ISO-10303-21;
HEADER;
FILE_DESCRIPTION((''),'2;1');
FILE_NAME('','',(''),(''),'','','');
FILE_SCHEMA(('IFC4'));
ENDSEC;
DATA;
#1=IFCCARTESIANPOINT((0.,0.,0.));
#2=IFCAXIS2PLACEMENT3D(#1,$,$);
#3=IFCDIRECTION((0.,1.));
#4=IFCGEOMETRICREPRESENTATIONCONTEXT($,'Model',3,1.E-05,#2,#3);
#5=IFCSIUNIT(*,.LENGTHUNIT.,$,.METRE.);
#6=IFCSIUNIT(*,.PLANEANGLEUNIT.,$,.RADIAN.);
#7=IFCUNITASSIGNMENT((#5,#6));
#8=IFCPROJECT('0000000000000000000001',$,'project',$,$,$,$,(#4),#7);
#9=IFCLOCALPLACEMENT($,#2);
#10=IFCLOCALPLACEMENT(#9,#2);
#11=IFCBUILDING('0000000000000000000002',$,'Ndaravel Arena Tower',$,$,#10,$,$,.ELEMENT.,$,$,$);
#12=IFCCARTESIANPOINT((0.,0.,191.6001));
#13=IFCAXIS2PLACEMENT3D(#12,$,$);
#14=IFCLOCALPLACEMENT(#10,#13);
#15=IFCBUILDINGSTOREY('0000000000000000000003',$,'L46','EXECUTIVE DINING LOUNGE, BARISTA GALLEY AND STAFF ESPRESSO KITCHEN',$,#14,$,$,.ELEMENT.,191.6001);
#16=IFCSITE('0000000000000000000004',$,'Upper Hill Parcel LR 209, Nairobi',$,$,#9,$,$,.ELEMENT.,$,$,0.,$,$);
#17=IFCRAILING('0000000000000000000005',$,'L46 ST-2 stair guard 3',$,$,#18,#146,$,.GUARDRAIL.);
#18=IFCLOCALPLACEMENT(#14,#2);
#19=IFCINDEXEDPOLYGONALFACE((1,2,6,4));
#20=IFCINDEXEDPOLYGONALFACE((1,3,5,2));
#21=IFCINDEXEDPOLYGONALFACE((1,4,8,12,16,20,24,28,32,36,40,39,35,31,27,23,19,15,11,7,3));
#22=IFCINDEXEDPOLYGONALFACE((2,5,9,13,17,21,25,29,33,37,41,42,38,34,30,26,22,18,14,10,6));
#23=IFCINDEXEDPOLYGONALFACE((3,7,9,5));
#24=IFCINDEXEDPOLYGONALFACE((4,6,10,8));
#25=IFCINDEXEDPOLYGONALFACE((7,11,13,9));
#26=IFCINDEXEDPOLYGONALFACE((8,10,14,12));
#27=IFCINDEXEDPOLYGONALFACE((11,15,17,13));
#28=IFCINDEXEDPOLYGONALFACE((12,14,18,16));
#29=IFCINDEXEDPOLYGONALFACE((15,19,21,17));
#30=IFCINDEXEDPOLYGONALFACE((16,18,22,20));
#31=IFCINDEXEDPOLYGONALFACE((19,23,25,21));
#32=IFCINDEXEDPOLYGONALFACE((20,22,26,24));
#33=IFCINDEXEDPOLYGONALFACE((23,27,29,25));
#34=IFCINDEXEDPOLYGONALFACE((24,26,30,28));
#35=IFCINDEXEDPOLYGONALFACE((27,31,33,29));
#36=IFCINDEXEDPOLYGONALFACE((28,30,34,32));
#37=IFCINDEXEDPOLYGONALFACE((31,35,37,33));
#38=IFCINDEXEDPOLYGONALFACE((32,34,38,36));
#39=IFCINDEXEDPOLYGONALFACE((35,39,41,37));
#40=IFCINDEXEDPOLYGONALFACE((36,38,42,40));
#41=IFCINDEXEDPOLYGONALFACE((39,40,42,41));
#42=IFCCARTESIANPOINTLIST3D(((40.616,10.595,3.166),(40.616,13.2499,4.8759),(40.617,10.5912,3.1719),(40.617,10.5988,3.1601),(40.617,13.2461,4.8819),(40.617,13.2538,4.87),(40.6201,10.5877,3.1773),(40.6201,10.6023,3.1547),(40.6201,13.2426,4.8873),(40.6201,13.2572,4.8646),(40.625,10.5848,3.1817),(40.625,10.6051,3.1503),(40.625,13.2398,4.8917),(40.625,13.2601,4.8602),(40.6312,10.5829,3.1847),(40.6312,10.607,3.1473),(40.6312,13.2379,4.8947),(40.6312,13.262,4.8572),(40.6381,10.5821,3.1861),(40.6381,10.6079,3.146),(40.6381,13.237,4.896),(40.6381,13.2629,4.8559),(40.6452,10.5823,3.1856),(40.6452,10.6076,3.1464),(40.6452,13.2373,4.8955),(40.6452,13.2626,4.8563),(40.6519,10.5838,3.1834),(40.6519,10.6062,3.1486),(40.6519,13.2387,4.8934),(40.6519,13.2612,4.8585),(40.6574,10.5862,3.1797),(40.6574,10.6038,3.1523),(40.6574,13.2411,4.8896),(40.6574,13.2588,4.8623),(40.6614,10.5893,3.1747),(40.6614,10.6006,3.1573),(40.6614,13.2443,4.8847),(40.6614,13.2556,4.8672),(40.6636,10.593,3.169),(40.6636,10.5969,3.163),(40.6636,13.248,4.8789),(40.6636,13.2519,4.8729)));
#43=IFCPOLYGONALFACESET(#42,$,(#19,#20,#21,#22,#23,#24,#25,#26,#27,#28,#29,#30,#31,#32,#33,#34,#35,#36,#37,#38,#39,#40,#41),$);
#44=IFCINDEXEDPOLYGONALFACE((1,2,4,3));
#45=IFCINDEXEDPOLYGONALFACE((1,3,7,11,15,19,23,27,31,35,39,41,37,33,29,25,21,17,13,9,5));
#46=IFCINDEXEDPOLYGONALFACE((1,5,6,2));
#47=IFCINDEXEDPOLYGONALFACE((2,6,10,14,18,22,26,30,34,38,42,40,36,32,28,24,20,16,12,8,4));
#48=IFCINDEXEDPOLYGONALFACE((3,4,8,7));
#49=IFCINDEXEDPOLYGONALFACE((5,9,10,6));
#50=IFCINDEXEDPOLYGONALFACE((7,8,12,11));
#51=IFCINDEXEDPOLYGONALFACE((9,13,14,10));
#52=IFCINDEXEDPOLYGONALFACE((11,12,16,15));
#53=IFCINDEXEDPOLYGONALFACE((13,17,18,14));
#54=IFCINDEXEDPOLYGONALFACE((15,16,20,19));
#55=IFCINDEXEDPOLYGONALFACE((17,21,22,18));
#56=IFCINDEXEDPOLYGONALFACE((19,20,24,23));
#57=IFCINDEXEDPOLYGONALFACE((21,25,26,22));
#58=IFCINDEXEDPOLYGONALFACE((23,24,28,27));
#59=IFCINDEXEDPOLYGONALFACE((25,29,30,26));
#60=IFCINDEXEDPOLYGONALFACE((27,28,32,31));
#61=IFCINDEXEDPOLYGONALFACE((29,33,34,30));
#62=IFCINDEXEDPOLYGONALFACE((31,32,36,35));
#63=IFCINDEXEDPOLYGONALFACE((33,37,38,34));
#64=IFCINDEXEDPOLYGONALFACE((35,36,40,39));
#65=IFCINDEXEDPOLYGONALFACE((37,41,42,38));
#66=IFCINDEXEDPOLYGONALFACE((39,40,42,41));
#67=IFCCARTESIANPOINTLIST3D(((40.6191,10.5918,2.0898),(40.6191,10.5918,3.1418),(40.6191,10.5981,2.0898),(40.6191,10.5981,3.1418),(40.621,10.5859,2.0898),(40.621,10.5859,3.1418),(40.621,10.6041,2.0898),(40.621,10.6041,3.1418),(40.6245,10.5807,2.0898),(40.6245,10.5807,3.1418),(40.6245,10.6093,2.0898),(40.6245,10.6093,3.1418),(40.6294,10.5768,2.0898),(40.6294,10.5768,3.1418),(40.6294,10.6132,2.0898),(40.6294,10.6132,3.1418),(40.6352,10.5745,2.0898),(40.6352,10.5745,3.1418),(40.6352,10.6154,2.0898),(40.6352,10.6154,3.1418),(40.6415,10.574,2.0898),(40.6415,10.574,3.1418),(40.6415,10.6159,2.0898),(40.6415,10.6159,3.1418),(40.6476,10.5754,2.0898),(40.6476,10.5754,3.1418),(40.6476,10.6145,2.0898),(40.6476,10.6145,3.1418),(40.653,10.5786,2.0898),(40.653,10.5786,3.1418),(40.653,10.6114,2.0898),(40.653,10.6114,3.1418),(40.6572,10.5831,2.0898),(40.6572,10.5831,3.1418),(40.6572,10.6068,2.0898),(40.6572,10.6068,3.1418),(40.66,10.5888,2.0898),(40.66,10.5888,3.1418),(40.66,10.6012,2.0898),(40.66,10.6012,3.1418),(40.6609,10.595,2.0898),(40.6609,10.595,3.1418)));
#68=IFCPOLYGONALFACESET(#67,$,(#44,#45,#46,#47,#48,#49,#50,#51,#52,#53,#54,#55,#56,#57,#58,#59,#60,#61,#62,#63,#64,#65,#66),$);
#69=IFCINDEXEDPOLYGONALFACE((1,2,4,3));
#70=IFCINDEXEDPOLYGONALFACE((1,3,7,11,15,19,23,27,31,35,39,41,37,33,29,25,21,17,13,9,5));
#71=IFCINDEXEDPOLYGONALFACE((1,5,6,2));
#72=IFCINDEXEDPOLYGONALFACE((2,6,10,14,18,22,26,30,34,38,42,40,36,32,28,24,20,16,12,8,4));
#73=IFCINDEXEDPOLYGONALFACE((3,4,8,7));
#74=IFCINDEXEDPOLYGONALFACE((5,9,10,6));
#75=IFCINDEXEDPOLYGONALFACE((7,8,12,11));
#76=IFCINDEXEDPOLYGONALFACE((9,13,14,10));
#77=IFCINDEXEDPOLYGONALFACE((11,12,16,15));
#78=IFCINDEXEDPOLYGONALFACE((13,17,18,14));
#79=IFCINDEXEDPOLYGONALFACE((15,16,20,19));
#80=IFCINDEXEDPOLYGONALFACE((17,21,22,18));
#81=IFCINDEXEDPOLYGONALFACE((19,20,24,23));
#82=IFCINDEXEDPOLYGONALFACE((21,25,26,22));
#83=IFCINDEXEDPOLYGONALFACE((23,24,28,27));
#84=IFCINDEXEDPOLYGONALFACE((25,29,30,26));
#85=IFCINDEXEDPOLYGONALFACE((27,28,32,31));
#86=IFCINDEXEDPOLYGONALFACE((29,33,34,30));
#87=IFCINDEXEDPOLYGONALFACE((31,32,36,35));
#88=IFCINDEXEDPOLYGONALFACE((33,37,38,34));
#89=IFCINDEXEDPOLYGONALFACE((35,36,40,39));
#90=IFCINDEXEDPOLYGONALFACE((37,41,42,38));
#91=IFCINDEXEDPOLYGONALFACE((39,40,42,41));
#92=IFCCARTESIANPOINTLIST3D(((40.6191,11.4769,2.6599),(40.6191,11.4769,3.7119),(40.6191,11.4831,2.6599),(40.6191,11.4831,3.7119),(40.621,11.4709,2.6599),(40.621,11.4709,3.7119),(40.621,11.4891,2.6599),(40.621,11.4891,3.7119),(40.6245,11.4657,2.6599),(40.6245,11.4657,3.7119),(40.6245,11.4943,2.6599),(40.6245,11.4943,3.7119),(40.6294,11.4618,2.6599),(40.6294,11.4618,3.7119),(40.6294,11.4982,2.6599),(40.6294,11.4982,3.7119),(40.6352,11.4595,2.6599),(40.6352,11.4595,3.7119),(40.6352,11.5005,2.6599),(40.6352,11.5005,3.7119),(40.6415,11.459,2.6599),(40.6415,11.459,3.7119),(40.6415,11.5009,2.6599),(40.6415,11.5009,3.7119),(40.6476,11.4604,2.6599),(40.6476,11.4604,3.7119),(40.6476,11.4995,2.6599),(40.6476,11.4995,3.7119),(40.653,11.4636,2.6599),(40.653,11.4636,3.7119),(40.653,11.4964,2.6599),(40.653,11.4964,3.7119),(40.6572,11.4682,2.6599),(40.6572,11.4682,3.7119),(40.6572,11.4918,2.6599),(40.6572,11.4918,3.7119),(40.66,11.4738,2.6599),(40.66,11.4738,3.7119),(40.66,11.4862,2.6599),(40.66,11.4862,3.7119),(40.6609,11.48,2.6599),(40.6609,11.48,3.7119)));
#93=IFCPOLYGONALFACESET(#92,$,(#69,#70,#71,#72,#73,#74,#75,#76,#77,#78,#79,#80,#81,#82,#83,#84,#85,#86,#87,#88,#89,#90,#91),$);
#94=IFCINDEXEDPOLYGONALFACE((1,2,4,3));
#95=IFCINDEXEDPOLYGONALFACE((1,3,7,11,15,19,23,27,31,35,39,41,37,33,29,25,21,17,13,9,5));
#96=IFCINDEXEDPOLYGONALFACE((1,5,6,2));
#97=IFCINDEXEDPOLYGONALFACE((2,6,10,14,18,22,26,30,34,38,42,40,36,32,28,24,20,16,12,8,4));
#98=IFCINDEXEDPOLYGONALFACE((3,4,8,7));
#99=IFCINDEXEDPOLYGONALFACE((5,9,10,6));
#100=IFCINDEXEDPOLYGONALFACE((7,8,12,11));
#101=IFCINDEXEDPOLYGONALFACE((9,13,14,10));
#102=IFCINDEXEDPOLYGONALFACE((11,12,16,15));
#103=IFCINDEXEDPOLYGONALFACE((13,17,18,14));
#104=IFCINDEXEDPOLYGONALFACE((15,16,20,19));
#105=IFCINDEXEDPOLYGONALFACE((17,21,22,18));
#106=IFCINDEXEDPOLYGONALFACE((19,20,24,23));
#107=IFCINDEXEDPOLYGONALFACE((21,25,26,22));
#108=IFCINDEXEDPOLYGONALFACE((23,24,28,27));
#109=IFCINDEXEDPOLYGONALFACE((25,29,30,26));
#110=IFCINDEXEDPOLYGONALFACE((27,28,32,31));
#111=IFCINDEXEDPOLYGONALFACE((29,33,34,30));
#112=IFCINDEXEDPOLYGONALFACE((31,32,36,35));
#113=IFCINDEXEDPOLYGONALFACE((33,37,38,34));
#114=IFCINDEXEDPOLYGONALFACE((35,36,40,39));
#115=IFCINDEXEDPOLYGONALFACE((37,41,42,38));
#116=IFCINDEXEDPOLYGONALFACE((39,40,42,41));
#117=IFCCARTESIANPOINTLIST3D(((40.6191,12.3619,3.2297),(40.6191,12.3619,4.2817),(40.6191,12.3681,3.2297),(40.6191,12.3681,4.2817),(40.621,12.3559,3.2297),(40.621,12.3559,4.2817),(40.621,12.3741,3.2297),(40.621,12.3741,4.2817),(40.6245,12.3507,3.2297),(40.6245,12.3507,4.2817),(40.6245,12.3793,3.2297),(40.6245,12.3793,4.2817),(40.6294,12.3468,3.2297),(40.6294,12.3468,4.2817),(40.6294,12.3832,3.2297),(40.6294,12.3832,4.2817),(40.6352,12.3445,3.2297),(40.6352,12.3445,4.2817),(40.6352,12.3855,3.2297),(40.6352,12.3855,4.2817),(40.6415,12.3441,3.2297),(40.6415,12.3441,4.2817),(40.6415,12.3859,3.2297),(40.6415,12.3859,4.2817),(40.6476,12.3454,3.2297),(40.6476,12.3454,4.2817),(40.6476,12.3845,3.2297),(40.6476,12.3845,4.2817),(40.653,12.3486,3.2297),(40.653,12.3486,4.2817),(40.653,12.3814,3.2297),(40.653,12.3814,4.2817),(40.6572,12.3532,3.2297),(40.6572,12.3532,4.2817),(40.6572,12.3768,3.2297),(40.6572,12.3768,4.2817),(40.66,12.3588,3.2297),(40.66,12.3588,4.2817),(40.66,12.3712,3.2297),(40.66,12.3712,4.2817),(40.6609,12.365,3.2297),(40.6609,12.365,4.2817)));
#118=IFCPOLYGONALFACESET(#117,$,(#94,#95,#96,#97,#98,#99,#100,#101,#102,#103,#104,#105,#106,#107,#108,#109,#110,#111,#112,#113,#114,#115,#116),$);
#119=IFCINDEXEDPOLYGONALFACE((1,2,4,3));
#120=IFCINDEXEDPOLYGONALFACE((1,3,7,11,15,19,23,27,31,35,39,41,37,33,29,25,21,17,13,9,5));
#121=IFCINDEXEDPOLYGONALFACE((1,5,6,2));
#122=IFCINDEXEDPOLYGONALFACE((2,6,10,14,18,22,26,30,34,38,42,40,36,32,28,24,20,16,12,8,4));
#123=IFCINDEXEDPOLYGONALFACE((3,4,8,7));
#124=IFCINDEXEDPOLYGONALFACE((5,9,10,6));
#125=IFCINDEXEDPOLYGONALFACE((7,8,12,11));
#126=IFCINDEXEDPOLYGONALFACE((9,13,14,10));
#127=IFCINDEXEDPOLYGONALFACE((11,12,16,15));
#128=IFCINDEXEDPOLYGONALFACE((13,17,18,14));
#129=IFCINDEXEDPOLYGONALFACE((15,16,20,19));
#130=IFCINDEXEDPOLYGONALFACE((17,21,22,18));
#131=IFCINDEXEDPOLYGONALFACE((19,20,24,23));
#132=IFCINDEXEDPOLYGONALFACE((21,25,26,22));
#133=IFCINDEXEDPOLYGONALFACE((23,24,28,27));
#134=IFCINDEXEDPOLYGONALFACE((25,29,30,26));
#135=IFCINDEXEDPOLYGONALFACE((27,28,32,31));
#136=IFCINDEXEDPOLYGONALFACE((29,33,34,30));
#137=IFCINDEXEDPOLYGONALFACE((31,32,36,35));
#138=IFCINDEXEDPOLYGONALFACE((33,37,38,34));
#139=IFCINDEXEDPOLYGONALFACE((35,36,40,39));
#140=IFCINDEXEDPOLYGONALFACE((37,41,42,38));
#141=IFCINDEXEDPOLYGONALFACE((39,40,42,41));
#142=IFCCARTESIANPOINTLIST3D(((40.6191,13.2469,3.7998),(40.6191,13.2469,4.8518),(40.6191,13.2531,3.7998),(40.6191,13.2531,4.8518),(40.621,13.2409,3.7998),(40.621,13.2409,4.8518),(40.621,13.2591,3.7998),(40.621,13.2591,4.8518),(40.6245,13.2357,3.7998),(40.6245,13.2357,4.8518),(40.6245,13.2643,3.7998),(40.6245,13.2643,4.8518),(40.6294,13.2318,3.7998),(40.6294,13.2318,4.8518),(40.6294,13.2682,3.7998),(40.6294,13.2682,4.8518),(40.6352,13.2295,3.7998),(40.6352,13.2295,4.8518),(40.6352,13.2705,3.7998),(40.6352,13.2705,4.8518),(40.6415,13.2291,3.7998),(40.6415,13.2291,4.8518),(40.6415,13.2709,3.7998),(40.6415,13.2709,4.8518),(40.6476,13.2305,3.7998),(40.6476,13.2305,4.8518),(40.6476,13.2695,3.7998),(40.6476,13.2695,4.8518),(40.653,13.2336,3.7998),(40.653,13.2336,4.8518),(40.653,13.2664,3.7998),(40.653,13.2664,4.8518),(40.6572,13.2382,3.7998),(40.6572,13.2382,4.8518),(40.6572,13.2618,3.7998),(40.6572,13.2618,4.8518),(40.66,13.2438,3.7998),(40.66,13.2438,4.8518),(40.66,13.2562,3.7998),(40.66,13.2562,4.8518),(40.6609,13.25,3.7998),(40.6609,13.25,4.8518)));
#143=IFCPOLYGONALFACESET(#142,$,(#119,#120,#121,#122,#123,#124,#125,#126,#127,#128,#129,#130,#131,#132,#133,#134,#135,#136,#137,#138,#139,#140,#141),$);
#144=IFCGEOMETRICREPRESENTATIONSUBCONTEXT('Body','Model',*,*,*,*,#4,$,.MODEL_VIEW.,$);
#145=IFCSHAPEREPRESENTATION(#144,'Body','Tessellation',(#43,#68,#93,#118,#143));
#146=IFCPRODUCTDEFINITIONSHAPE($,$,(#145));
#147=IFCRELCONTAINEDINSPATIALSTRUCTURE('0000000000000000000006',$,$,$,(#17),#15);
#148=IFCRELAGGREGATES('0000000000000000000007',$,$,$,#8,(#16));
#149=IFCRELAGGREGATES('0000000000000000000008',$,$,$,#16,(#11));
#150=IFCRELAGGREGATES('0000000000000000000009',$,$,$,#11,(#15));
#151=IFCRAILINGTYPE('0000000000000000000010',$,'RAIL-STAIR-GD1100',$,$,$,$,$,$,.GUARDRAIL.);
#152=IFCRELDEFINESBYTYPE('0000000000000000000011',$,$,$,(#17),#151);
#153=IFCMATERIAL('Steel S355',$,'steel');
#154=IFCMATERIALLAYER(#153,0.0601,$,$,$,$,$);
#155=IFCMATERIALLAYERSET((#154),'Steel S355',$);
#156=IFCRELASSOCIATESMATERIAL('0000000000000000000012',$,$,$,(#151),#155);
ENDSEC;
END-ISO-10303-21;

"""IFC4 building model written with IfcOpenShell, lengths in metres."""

from ifc_helpers import new_model, si_unit, direction, frame, origin, origin_2d, place, context, subcontext, project, spatial, circle, extrude, material, layer, layer_set, type_object, element, save


model = new_model("IFC4")

# Units and contexts
model_context = context("Model", 3, precision=1e-05, world=origin(), true_north=direction((0.0, 1.0)))
body_context = subcontext(model_context, "Body", "Model", "MODEL_VIEW")
ifc_project = project(units=[si_unit("LENGTHUNIT", "METRE"), si_unit("PLANEANGLEUNIT", "RADIAN")], contexts=[model_context])

# Site, building, storey
site_placement = place(None, origin())
site = spatial("IfcSite", under=ifc_project, at=site_placement, Name="Upper Hill Parcel LR 209, Nairobi", CompositionType="ELEMENT", RefElevation=0.0)
building_placement = place(site_placement, origin())
building = spatial("IfcBuilding", under=site, at=building_placement, Name="Ndaravel Arena Tower", CompositionType="ELEMENT")
storey_placement = place(building_placement, frame((0.0, 0.0, 191.6001)))
storey = spatial("IfcBuildingStorey", under=building, at=storey_placement, Name="L46", Description="EXECUTIVE DINING LOUNGE, BARISTA GALLEY AND STAFF ESPRESSO KITCHEN", CompositionType="ELEMENT", Elevation=191.6001)

# Railing
ifc_material_1 = material(Name="Steel S355", Category="steel")
ifc_layer_1 = layer(ifc_material_1, 0.0601)
ifc_layer_set_1 = layer_set([ifc_layer_1], Name="Steel S355")
railing_type_1 = type_object("IfcRailingType", Name="RAIL-STAIR-GD1100", PredefinedType="GUARDRAIL", material=ifc_layer_set_1)
railing_1_placement = place(storey_placement, frame((40.6399, 10.595, 2.0898)))
element("IfcRailing", 1, at=railing_1_placement, inside=storey, type_object=railing_type_1, Name="L46 ST-2 stair guard 3", PredefinedType="GUARDRAIL", context=body_context, shape_type="SweptSolid", body=[
    extrude(circle(Radius=0.0239, at=origin_2d()), frame((0.0, 0.0, 1.0762), z_axis=(0.0, 0.840724, 0.541465), x_axis=(-1.0, 0.0, 0.0)), (0.0, 0.0, 1.0), 3.158),
    extrude(circle(Radius=0.021, at=origin_2d()), origin(), (0.0, 0.0, 1.0), 1.052),
    extrude(circle(Radius=0.021, at=origin_2d()), frame((0.0, 0.885, 0.5701)), (0.0, 0.0, 1.0), 1.052),
    extrude(circle(Radius=0.021, at=origin_2d()), frame((0.0, 1.77, 1.1399)), (0.0, 0.0, 1.0), 1.052),
    extrude(circle(Radius=0.021, at=origin_2d()), frame((0.0, 2.655, 1.71)), (0.0, 0.0, 1.0), 1.052),
])

save(model, "model.ifc")
